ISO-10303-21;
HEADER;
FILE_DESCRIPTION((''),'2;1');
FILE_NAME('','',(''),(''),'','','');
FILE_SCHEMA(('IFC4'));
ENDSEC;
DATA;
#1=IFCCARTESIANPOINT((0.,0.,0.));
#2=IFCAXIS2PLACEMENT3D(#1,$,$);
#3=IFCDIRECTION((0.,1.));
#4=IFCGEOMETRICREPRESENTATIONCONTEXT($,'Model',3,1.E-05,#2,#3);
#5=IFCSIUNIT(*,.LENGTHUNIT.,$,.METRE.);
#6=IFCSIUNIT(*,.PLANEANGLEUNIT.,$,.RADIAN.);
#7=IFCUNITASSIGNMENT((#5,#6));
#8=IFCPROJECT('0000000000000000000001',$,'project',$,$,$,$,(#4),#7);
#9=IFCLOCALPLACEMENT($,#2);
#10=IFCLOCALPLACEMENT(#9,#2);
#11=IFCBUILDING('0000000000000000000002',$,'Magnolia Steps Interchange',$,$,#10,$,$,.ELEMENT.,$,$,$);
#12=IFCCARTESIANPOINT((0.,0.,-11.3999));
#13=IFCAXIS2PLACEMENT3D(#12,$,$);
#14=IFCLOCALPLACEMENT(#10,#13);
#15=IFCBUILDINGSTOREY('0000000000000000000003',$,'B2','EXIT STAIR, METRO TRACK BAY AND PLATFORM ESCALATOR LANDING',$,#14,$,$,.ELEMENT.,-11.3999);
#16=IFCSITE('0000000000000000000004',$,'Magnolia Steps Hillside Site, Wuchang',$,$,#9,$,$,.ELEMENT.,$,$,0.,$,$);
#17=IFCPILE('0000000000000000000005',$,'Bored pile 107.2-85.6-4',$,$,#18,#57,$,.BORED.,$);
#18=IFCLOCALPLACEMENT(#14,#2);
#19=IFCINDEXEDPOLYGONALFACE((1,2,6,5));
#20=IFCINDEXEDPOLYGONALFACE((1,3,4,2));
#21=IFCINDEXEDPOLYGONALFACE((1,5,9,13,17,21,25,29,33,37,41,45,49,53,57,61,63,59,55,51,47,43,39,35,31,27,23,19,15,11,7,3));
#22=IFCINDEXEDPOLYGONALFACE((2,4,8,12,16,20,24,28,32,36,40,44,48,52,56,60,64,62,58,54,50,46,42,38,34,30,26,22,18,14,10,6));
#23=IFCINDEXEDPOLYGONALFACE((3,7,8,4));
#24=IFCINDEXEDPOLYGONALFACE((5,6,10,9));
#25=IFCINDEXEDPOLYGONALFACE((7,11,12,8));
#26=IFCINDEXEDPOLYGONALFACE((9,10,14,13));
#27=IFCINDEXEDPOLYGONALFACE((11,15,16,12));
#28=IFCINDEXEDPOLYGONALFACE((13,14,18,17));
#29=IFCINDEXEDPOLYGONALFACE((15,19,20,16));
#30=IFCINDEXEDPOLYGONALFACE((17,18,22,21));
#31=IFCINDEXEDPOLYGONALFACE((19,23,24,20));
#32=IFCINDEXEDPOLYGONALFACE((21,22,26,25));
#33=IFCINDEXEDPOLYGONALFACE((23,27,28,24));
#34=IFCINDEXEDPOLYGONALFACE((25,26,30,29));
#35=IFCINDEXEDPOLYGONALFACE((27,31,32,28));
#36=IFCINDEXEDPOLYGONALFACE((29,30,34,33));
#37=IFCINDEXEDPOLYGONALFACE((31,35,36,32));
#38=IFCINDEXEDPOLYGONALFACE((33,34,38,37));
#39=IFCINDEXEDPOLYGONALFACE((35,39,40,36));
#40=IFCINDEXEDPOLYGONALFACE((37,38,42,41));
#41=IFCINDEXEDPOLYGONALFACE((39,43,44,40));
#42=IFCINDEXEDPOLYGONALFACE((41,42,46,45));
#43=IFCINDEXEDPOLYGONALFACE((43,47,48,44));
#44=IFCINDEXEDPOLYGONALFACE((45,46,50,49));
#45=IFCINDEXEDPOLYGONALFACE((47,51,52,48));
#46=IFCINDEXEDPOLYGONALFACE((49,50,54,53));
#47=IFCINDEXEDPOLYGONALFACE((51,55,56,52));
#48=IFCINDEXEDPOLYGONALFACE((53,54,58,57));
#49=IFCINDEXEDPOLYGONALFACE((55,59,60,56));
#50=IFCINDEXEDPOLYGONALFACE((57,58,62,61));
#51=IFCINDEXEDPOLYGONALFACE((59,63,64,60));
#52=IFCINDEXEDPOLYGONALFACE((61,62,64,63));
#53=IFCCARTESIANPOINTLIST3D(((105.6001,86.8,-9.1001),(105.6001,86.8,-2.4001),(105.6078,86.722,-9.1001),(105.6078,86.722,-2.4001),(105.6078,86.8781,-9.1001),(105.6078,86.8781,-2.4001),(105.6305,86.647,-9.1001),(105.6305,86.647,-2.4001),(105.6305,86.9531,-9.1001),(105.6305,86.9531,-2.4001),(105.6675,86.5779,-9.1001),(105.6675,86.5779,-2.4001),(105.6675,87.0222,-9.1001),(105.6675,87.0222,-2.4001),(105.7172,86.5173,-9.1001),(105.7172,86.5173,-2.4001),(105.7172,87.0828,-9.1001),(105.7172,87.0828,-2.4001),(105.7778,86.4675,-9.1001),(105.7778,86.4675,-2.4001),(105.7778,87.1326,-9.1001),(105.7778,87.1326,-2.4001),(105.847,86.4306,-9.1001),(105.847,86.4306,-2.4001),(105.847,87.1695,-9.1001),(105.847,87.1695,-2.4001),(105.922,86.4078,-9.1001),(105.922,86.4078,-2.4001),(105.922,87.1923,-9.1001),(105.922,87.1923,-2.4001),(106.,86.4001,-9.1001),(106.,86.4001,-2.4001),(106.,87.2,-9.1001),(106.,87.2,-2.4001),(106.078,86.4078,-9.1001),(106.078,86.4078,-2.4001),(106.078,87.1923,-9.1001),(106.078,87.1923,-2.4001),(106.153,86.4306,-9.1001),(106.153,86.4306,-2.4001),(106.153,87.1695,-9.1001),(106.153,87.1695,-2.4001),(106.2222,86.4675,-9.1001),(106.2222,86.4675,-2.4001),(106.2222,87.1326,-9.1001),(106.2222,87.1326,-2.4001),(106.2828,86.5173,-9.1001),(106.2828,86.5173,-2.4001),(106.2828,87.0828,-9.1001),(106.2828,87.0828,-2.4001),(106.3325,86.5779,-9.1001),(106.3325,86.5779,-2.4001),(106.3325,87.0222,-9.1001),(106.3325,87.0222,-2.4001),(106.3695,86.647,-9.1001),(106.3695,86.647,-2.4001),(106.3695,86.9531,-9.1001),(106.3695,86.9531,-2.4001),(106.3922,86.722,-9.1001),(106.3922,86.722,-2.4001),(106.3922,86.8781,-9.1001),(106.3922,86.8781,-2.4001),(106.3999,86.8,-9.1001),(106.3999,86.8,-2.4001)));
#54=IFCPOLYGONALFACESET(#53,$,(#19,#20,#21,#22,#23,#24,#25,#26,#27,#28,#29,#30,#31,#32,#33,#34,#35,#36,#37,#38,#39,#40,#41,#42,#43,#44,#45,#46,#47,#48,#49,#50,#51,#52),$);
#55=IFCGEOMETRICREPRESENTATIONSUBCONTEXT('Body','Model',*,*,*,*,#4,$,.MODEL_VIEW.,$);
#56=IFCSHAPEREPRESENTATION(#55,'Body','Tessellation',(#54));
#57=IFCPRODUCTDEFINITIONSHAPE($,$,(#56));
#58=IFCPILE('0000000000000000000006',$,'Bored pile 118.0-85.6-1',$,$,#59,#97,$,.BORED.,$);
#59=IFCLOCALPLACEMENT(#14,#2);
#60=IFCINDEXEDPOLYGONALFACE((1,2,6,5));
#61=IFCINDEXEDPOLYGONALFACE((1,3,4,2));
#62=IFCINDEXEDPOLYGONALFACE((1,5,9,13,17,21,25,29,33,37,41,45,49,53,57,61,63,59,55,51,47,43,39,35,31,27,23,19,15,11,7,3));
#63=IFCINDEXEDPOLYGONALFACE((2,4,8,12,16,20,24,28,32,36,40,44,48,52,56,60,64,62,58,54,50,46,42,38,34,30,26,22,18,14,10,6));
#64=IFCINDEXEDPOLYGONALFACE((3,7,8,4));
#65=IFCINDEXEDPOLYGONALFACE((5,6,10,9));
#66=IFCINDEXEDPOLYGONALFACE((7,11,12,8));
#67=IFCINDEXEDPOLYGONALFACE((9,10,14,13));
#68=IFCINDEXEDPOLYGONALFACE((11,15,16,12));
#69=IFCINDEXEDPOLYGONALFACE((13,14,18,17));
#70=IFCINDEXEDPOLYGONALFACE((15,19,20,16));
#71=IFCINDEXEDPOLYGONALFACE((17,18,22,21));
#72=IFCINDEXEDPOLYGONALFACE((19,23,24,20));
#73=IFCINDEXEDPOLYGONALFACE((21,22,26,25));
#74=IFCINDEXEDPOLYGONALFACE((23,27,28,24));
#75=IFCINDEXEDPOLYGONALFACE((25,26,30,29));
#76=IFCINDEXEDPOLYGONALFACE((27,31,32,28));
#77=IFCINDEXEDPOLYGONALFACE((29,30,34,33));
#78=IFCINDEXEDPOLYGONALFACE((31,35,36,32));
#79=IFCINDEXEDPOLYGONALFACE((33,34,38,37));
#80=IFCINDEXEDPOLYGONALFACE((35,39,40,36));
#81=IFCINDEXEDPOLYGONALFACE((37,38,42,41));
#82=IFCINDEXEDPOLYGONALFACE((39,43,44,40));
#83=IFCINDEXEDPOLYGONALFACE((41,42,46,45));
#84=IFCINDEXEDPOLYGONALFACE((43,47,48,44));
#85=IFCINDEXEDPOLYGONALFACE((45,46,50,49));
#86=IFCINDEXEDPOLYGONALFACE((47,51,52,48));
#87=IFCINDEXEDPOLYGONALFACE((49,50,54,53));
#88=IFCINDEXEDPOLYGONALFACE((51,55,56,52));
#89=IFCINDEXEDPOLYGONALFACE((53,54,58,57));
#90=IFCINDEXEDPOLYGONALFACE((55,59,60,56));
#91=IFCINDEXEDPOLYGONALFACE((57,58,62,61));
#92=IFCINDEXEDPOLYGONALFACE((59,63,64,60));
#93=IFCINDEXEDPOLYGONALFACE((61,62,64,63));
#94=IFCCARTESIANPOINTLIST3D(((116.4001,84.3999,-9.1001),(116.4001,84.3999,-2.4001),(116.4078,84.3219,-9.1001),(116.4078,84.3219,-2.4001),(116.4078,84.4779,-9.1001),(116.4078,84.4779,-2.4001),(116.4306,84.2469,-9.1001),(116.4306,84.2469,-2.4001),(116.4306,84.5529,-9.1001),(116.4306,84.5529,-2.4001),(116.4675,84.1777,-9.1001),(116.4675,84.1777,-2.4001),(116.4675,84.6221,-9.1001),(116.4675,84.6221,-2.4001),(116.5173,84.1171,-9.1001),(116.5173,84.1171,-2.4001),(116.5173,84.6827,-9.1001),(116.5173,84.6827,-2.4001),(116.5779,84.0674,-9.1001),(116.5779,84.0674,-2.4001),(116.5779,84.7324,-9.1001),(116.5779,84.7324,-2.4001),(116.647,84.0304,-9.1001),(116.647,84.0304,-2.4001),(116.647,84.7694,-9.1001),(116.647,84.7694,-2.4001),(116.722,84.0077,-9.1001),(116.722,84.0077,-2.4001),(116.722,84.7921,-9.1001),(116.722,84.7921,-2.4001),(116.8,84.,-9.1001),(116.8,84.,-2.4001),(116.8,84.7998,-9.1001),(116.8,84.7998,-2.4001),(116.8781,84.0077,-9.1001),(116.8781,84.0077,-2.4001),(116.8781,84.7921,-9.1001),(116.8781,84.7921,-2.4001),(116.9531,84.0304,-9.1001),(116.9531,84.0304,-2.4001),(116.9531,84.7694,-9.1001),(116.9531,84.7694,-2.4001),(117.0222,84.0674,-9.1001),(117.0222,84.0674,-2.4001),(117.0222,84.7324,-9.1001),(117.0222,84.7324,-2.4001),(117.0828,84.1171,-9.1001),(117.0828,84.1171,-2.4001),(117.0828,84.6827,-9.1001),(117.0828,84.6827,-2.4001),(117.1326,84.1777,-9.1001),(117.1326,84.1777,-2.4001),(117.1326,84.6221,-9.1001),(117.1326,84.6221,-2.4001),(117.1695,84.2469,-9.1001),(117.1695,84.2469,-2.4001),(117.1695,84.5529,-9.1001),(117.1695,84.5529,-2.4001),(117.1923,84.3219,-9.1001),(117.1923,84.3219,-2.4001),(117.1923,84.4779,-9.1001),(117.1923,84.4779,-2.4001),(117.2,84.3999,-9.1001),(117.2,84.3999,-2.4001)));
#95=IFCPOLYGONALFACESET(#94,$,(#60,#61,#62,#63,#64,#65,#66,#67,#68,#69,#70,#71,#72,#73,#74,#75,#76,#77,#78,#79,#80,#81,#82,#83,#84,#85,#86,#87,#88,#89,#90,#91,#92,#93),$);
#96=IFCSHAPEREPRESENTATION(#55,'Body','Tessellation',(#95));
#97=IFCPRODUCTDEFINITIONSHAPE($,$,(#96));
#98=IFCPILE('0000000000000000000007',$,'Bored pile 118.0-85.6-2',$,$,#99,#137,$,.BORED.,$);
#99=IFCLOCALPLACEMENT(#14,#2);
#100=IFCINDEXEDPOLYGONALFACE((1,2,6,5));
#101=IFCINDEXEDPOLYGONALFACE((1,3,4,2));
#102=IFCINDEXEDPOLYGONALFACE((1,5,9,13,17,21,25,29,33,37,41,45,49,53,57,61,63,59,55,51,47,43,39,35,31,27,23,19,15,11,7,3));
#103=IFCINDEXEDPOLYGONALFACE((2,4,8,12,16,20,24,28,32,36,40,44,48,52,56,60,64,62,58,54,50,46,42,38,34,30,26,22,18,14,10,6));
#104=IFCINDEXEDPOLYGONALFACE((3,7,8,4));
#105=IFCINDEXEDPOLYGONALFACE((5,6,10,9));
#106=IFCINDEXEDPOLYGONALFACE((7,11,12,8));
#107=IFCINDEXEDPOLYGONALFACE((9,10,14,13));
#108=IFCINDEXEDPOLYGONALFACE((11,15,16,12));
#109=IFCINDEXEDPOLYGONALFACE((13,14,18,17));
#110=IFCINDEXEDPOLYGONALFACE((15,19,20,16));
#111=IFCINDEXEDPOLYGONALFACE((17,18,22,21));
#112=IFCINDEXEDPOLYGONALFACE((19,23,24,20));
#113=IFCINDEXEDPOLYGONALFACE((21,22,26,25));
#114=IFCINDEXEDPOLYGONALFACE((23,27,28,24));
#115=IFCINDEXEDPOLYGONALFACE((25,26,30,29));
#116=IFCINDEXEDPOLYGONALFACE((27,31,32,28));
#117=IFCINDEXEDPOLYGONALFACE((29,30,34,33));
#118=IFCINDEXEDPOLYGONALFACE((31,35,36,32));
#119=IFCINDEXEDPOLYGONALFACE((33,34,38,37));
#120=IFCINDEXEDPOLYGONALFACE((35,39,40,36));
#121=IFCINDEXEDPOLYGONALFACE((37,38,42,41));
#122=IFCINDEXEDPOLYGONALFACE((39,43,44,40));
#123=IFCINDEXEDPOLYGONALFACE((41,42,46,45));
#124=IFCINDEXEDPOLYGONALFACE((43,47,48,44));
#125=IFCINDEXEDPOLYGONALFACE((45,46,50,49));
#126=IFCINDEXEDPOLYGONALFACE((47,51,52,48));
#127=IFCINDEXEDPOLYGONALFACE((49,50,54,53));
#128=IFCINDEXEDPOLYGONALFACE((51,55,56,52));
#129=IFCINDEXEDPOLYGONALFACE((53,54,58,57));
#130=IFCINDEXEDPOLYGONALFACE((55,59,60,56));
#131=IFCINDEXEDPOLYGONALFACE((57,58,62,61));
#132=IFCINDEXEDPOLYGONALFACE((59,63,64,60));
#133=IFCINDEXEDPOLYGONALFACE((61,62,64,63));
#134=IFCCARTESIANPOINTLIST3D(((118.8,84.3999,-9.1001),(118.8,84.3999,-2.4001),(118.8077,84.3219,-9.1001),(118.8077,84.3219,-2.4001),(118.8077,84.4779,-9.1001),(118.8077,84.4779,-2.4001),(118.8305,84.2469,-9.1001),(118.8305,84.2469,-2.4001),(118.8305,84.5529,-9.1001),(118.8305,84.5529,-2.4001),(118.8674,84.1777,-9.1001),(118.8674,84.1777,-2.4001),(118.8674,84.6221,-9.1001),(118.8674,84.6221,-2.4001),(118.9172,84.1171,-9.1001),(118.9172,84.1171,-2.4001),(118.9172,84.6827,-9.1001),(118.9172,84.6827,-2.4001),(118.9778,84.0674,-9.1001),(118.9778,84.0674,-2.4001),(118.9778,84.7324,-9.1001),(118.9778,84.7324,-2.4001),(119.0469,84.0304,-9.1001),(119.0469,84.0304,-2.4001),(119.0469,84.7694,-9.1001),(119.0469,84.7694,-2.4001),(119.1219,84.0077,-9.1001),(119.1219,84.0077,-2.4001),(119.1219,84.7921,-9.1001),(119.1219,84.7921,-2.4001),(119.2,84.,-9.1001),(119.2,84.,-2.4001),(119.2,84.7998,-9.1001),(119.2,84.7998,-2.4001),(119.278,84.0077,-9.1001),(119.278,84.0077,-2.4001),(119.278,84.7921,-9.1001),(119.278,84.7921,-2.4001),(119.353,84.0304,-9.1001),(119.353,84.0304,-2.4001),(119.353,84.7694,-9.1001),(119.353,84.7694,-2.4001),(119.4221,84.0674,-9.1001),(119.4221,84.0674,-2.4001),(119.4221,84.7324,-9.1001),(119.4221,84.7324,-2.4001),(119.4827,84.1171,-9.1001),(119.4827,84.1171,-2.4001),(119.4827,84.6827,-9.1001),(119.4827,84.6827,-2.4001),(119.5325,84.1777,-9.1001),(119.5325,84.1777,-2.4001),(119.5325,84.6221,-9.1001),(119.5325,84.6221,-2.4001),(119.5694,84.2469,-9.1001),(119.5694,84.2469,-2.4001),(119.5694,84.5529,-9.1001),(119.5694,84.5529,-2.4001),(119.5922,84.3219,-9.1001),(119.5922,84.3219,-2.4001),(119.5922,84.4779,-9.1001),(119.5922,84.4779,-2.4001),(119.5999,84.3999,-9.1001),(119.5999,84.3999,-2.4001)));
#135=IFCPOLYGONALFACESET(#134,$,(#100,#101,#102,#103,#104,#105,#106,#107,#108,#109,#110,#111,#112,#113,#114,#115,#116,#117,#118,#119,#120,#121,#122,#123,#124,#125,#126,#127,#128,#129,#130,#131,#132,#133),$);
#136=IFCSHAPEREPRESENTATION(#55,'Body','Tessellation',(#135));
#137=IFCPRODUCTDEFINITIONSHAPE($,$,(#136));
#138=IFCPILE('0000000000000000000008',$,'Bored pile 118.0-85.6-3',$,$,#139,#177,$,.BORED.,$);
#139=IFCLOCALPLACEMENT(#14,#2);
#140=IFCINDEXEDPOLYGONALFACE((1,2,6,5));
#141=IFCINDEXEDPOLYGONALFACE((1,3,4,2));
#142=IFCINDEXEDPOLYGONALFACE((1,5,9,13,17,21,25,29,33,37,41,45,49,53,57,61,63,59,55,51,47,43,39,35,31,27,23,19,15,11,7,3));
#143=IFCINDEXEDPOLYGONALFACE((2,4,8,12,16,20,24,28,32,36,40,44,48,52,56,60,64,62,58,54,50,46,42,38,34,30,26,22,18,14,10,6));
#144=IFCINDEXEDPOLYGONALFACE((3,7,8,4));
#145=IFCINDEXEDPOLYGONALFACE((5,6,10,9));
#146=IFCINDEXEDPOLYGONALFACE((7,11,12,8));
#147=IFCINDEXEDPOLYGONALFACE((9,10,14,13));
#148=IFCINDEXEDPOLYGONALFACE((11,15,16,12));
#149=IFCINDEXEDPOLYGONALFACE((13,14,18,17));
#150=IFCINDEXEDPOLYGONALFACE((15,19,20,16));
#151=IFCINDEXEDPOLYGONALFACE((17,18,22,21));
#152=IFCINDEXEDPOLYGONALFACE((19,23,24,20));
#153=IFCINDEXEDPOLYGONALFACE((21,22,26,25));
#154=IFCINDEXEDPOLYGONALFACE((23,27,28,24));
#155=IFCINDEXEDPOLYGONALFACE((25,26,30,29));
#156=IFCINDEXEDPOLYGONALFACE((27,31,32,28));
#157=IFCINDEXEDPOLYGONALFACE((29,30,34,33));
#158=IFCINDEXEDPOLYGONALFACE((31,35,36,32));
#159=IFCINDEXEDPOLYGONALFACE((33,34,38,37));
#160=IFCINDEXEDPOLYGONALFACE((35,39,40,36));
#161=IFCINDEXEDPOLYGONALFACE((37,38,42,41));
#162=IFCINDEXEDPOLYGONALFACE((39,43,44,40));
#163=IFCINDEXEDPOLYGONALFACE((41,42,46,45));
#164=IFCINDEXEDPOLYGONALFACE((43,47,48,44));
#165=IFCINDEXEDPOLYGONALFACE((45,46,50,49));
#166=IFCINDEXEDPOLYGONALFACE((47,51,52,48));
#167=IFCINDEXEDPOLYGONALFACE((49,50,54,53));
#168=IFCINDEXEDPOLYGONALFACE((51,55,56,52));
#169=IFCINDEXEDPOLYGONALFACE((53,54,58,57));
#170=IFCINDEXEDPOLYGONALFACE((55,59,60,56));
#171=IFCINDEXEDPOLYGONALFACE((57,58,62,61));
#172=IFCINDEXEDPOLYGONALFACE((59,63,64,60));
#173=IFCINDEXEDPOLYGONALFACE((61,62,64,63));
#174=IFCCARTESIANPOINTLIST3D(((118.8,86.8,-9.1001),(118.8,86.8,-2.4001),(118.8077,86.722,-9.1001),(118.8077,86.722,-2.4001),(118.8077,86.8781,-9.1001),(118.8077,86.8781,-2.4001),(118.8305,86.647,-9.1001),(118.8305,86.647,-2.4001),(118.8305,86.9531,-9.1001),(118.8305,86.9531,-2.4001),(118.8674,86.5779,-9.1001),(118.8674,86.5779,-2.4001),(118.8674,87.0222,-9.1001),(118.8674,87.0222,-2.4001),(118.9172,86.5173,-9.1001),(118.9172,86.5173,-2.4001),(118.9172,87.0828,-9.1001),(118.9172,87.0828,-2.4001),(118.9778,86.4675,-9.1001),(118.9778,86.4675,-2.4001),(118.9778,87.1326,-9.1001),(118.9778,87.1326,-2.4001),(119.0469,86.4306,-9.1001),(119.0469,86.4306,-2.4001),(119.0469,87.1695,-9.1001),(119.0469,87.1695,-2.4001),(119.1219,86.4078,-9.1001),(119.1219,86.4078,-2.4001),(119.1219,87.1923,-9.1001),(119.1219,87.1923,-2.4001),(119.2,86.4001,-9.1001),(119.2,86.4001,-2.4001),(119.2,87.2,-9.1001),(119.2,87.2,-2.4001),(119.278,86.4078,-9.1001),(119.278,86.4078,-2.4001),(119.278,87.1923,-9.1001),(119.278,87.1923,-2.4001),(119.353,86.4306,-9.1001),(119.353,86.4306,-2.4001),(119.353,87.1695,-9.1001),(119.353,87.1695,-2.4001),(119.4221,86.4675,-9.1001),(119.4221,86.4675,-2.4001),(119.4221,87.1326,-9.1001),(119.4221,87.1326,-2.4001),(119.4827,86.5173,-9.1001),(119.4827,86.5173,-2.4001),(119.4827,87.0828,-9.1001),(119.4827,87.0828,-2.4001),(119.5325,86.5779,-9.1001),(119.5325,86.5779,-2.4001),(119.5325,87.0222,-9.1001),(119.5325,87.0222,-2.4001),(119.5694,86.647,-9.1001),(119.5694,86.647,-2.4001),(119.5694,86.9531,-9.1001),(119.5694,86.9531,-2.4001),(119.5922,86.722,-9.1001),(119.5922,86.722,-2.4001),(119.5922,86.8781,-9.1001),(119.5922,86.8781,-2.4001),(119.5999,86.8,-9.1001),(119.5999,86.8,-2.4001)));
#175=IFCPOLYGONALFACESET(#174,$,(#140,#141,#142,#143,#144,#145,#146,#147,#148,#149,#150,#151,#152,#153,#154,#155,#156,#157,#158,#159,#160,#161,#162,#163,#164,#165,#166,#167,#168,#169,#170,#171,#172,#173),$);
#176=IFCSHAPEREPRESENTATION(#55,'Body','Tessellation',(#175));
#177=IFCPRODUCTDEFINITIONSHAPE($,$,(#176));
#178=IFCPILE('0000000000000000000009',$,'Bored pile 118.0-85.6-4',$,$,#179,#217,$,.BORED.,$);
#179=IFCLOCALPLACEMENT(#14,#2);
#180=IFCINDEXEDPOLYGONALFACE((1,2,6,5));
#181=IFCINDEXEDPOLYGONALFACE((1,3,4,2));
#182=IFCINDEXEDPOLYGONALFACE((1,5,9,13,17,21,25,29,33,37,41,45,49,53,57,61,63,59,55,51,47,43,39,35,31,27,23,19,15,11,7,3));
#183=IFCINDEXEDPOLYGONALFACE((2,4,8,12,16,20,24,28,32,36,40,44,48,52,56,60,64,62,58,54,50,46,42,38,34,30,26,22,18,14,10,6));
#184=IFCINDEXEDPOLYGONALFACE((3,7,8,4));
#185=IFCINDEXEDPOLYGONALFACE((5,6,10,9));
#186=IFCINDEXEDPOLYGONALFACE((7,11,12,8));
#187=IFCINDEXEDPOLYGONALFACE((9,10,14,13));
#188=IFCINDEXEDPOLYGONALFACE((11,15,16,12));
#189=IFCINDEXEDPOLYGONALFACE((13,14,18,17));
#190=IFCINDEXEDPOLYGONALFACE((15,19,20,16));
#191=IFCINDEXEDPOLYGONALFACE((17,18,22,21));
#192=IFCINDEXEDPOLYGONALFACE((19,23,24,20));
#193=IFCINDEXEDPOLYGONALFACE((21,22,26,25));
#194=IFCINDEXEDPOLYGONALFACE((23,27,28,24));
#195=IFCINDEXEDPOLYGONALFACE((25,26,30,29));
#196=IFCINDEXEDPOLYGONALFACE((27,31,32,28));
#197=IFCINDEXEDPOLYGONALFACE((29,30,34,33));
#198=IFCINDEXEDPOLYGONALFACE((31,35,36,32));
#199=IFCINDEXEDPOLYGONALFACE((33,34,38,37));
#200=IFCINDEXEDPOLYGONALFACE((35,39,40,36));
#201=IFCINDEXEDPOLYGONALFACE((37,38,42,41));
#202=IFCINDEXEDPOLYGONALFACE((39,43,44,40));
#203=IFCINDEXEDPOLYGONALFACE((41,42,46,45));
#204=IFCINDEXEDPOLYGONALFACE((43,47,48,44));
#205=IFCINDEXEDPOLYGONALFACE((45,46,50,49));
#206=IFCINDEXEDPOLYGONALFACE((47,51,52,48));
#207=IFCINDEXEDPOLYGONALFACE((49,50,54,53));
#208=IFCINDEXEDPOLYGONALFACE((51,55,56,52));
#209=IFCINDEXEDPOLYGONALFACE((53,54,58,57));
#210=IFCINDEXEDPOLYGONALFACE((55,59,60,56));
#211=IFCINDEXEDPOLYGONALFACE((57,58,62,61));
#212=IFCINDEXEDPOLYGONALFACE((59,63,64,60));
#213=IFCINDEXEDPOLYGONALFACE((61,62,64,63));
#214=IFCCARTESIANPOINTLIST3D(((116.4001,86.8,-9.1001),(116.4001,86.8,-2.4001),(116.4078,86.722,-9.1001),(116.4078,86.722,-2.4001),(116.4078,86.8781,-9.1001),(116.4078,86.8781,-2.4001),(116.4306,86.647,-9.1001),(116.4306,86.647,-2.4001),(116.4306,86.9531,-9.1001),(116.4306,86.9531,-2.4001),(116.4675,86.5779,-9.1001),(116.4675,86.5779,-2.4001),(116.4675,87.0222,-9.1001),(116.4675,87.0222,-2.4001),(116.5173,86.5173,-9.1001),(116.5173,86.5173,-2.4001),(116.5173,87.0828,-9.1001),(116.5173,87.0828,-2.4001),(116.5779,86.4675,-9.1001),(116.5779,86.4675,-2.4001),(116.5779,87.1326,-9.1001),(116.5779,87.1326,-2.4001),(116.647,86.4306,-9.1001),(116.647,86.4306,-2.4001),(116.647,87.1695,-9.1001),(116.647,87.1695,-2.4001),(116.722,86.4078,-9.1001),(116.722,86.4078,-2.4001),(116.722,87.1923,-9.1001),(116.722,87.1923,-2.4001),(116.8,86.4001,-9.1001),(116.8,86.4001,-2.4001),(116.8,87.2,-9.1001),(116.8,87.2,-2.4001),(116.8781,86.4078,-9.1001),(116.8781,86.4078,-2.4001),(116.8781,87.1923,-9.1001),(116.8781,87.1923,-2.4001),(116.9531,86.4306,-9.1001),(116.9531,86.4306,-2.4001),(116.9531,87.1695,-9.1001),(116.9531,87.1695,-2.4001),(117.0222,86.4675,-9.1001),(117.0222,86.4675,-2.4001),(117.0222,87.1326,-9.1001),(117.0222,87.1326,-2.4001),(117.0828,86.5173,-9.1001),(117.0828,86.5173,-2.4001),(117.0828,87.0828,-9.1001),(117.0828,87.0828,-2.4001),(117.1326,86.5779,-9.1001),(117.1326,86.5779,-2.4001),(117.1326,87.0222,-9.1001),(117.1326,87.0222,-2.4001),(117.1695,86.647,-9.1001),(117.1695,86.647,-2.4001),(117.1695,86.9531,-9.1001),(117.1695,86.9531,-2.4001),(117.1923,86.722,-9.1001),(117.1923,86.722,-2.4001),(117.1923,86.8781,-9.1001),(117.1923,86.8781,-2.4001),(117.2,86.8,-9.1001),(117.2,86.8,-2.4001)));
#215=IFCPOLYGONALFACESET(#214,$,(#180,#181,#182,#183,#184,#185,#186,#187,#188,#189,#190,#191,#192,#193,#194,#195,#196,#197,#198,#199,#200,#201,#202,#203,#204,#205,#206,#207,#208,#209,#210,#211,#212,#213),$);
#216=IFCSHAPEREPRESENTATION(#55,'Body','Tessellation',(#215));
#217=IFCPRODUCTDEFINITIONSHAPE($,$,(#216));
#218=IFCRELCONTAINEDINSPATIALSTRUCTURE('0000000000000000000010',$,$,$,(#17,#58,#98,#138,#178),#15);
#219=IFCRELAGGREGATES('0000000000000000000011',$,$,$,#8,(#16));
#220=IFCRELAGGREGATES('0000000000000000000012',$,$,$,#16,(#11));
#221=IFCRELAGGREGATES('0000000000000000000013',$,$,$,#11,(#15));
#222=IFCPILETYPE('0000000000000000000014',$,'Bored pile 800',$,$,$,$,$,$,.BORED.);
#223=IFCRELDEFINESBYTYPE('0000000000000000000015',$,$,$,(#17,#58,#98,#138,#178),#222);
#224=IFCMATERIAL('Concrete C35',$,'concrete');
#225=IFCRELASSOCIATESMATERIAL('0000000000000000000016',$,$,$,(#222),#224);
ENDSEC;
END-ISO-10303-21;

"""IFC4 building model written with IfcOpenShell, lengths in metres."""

from ifc_helpers import new_model, si_unit, direction, frame, origin, origin_2d, place, context, subcontext, project, spatial, circle, extrude, material, material_profile, profile_set, type_object, element, save


model = new_model("IFC4")

# Units and contexts
model_context = context("Model", 3, precision=1e-05, world=origin(), true_north=direction((0.0, 1.0)))
body_context = subcontext(model_context, "Body", "Model", "MODEL_VIEW")
ifc_project = project(units=[si_unit("LENGTHUNIT", "METRE"), si_unit("PLANEANGLEUNIT", "RADIAN")], contexts=[model_context])

# Site, building, storey
site_placement = place(None, origin())
site = spatial("IfcSite", under=ifc_project, at=site_placement, Name="Magnolia Steps Hillside Site, Wuchang", CompositionType="ELEMENT", RefElevation=0.0)
building_placement = place(site_placement, origin())
building = spatial("IfcBuilding", under=site, at=building_placement, Name="Magnolia Steps Interchange", CompositionType="ELEMENT")
storey_placement = place(building_placement, frame((0.0, 0.0, -11.3999)))
storey = spatial("IfcBuildingStorey", under=building, at=storey_placement, Name="B2", Description="EXIT STAIR, METRO TRACK BAY AND PLATFORM ESCALATOR LANDING", CompositionType="ELEMENT", Elevation=-11.3999)

# Piles
ifc_material_1 = material(Name="Concrete C35", Category="concrete")
ifc_material_profile_1 = material_profile(ifc_material_1, circle(Radius=0.3999, at=origin_2d()), Name="Bored pile 800")
ifc_profile_set_1 = profile_set([ifc_material_profile_1], Name="Concrete C35")
pile_type_1 = type_object("IfcPileType", Name="Bored pile 800", PredefinedType="BORED", material=ifc_profile_set_1)
for number, where, z_axis, x_axis, name in (
    (1, (106.0, 86.8, -2.4001), (0.0, 0.0, -1.0), (1.0, 0.0, 0.0), "Bored pile 107.2-85.6-4"),
    (2, (116.8, 84.3999, -2.4001), (0.0, 0.0, -1.0), (1.0, 0.0, 0.0), "Bored pile 118.0-85.6-1"),
    (3, (119.2, 84.3999, -2.4001), (0.0, 0.0, -1.0), (1.0, 0.0, 0.0), "Bored pile 118.0-85.6-2"),
    (4, (119.2, 86.8, -2.4001), (0.0, 0.0, -1.0), (1.0, 0.0, 0.0), "Bored pile 118.0-85.6-3"),
    (5, (116.8, 86.8, -2.4001), (0.0, 0.0, -1.0), (1.0, 0.0, 0.0), "Bored pile 118.0-85.6-4"),
):
    element("IfcPile", number, at=place(storey_placement, frame(where, z_axis=z_axis, x_axis=x_axis)), inside=storey, type_object=pile_type_1, Name=name, PredefinedType="BORED", context=body_context, shape_type="SweptSolid", body=[
        extrude(circle(Radius=0.3999, at=origin_2d()), origin(), (0.0, 0.0, 1.0), 6.7),
    ])

save(model, "model.ifc")
